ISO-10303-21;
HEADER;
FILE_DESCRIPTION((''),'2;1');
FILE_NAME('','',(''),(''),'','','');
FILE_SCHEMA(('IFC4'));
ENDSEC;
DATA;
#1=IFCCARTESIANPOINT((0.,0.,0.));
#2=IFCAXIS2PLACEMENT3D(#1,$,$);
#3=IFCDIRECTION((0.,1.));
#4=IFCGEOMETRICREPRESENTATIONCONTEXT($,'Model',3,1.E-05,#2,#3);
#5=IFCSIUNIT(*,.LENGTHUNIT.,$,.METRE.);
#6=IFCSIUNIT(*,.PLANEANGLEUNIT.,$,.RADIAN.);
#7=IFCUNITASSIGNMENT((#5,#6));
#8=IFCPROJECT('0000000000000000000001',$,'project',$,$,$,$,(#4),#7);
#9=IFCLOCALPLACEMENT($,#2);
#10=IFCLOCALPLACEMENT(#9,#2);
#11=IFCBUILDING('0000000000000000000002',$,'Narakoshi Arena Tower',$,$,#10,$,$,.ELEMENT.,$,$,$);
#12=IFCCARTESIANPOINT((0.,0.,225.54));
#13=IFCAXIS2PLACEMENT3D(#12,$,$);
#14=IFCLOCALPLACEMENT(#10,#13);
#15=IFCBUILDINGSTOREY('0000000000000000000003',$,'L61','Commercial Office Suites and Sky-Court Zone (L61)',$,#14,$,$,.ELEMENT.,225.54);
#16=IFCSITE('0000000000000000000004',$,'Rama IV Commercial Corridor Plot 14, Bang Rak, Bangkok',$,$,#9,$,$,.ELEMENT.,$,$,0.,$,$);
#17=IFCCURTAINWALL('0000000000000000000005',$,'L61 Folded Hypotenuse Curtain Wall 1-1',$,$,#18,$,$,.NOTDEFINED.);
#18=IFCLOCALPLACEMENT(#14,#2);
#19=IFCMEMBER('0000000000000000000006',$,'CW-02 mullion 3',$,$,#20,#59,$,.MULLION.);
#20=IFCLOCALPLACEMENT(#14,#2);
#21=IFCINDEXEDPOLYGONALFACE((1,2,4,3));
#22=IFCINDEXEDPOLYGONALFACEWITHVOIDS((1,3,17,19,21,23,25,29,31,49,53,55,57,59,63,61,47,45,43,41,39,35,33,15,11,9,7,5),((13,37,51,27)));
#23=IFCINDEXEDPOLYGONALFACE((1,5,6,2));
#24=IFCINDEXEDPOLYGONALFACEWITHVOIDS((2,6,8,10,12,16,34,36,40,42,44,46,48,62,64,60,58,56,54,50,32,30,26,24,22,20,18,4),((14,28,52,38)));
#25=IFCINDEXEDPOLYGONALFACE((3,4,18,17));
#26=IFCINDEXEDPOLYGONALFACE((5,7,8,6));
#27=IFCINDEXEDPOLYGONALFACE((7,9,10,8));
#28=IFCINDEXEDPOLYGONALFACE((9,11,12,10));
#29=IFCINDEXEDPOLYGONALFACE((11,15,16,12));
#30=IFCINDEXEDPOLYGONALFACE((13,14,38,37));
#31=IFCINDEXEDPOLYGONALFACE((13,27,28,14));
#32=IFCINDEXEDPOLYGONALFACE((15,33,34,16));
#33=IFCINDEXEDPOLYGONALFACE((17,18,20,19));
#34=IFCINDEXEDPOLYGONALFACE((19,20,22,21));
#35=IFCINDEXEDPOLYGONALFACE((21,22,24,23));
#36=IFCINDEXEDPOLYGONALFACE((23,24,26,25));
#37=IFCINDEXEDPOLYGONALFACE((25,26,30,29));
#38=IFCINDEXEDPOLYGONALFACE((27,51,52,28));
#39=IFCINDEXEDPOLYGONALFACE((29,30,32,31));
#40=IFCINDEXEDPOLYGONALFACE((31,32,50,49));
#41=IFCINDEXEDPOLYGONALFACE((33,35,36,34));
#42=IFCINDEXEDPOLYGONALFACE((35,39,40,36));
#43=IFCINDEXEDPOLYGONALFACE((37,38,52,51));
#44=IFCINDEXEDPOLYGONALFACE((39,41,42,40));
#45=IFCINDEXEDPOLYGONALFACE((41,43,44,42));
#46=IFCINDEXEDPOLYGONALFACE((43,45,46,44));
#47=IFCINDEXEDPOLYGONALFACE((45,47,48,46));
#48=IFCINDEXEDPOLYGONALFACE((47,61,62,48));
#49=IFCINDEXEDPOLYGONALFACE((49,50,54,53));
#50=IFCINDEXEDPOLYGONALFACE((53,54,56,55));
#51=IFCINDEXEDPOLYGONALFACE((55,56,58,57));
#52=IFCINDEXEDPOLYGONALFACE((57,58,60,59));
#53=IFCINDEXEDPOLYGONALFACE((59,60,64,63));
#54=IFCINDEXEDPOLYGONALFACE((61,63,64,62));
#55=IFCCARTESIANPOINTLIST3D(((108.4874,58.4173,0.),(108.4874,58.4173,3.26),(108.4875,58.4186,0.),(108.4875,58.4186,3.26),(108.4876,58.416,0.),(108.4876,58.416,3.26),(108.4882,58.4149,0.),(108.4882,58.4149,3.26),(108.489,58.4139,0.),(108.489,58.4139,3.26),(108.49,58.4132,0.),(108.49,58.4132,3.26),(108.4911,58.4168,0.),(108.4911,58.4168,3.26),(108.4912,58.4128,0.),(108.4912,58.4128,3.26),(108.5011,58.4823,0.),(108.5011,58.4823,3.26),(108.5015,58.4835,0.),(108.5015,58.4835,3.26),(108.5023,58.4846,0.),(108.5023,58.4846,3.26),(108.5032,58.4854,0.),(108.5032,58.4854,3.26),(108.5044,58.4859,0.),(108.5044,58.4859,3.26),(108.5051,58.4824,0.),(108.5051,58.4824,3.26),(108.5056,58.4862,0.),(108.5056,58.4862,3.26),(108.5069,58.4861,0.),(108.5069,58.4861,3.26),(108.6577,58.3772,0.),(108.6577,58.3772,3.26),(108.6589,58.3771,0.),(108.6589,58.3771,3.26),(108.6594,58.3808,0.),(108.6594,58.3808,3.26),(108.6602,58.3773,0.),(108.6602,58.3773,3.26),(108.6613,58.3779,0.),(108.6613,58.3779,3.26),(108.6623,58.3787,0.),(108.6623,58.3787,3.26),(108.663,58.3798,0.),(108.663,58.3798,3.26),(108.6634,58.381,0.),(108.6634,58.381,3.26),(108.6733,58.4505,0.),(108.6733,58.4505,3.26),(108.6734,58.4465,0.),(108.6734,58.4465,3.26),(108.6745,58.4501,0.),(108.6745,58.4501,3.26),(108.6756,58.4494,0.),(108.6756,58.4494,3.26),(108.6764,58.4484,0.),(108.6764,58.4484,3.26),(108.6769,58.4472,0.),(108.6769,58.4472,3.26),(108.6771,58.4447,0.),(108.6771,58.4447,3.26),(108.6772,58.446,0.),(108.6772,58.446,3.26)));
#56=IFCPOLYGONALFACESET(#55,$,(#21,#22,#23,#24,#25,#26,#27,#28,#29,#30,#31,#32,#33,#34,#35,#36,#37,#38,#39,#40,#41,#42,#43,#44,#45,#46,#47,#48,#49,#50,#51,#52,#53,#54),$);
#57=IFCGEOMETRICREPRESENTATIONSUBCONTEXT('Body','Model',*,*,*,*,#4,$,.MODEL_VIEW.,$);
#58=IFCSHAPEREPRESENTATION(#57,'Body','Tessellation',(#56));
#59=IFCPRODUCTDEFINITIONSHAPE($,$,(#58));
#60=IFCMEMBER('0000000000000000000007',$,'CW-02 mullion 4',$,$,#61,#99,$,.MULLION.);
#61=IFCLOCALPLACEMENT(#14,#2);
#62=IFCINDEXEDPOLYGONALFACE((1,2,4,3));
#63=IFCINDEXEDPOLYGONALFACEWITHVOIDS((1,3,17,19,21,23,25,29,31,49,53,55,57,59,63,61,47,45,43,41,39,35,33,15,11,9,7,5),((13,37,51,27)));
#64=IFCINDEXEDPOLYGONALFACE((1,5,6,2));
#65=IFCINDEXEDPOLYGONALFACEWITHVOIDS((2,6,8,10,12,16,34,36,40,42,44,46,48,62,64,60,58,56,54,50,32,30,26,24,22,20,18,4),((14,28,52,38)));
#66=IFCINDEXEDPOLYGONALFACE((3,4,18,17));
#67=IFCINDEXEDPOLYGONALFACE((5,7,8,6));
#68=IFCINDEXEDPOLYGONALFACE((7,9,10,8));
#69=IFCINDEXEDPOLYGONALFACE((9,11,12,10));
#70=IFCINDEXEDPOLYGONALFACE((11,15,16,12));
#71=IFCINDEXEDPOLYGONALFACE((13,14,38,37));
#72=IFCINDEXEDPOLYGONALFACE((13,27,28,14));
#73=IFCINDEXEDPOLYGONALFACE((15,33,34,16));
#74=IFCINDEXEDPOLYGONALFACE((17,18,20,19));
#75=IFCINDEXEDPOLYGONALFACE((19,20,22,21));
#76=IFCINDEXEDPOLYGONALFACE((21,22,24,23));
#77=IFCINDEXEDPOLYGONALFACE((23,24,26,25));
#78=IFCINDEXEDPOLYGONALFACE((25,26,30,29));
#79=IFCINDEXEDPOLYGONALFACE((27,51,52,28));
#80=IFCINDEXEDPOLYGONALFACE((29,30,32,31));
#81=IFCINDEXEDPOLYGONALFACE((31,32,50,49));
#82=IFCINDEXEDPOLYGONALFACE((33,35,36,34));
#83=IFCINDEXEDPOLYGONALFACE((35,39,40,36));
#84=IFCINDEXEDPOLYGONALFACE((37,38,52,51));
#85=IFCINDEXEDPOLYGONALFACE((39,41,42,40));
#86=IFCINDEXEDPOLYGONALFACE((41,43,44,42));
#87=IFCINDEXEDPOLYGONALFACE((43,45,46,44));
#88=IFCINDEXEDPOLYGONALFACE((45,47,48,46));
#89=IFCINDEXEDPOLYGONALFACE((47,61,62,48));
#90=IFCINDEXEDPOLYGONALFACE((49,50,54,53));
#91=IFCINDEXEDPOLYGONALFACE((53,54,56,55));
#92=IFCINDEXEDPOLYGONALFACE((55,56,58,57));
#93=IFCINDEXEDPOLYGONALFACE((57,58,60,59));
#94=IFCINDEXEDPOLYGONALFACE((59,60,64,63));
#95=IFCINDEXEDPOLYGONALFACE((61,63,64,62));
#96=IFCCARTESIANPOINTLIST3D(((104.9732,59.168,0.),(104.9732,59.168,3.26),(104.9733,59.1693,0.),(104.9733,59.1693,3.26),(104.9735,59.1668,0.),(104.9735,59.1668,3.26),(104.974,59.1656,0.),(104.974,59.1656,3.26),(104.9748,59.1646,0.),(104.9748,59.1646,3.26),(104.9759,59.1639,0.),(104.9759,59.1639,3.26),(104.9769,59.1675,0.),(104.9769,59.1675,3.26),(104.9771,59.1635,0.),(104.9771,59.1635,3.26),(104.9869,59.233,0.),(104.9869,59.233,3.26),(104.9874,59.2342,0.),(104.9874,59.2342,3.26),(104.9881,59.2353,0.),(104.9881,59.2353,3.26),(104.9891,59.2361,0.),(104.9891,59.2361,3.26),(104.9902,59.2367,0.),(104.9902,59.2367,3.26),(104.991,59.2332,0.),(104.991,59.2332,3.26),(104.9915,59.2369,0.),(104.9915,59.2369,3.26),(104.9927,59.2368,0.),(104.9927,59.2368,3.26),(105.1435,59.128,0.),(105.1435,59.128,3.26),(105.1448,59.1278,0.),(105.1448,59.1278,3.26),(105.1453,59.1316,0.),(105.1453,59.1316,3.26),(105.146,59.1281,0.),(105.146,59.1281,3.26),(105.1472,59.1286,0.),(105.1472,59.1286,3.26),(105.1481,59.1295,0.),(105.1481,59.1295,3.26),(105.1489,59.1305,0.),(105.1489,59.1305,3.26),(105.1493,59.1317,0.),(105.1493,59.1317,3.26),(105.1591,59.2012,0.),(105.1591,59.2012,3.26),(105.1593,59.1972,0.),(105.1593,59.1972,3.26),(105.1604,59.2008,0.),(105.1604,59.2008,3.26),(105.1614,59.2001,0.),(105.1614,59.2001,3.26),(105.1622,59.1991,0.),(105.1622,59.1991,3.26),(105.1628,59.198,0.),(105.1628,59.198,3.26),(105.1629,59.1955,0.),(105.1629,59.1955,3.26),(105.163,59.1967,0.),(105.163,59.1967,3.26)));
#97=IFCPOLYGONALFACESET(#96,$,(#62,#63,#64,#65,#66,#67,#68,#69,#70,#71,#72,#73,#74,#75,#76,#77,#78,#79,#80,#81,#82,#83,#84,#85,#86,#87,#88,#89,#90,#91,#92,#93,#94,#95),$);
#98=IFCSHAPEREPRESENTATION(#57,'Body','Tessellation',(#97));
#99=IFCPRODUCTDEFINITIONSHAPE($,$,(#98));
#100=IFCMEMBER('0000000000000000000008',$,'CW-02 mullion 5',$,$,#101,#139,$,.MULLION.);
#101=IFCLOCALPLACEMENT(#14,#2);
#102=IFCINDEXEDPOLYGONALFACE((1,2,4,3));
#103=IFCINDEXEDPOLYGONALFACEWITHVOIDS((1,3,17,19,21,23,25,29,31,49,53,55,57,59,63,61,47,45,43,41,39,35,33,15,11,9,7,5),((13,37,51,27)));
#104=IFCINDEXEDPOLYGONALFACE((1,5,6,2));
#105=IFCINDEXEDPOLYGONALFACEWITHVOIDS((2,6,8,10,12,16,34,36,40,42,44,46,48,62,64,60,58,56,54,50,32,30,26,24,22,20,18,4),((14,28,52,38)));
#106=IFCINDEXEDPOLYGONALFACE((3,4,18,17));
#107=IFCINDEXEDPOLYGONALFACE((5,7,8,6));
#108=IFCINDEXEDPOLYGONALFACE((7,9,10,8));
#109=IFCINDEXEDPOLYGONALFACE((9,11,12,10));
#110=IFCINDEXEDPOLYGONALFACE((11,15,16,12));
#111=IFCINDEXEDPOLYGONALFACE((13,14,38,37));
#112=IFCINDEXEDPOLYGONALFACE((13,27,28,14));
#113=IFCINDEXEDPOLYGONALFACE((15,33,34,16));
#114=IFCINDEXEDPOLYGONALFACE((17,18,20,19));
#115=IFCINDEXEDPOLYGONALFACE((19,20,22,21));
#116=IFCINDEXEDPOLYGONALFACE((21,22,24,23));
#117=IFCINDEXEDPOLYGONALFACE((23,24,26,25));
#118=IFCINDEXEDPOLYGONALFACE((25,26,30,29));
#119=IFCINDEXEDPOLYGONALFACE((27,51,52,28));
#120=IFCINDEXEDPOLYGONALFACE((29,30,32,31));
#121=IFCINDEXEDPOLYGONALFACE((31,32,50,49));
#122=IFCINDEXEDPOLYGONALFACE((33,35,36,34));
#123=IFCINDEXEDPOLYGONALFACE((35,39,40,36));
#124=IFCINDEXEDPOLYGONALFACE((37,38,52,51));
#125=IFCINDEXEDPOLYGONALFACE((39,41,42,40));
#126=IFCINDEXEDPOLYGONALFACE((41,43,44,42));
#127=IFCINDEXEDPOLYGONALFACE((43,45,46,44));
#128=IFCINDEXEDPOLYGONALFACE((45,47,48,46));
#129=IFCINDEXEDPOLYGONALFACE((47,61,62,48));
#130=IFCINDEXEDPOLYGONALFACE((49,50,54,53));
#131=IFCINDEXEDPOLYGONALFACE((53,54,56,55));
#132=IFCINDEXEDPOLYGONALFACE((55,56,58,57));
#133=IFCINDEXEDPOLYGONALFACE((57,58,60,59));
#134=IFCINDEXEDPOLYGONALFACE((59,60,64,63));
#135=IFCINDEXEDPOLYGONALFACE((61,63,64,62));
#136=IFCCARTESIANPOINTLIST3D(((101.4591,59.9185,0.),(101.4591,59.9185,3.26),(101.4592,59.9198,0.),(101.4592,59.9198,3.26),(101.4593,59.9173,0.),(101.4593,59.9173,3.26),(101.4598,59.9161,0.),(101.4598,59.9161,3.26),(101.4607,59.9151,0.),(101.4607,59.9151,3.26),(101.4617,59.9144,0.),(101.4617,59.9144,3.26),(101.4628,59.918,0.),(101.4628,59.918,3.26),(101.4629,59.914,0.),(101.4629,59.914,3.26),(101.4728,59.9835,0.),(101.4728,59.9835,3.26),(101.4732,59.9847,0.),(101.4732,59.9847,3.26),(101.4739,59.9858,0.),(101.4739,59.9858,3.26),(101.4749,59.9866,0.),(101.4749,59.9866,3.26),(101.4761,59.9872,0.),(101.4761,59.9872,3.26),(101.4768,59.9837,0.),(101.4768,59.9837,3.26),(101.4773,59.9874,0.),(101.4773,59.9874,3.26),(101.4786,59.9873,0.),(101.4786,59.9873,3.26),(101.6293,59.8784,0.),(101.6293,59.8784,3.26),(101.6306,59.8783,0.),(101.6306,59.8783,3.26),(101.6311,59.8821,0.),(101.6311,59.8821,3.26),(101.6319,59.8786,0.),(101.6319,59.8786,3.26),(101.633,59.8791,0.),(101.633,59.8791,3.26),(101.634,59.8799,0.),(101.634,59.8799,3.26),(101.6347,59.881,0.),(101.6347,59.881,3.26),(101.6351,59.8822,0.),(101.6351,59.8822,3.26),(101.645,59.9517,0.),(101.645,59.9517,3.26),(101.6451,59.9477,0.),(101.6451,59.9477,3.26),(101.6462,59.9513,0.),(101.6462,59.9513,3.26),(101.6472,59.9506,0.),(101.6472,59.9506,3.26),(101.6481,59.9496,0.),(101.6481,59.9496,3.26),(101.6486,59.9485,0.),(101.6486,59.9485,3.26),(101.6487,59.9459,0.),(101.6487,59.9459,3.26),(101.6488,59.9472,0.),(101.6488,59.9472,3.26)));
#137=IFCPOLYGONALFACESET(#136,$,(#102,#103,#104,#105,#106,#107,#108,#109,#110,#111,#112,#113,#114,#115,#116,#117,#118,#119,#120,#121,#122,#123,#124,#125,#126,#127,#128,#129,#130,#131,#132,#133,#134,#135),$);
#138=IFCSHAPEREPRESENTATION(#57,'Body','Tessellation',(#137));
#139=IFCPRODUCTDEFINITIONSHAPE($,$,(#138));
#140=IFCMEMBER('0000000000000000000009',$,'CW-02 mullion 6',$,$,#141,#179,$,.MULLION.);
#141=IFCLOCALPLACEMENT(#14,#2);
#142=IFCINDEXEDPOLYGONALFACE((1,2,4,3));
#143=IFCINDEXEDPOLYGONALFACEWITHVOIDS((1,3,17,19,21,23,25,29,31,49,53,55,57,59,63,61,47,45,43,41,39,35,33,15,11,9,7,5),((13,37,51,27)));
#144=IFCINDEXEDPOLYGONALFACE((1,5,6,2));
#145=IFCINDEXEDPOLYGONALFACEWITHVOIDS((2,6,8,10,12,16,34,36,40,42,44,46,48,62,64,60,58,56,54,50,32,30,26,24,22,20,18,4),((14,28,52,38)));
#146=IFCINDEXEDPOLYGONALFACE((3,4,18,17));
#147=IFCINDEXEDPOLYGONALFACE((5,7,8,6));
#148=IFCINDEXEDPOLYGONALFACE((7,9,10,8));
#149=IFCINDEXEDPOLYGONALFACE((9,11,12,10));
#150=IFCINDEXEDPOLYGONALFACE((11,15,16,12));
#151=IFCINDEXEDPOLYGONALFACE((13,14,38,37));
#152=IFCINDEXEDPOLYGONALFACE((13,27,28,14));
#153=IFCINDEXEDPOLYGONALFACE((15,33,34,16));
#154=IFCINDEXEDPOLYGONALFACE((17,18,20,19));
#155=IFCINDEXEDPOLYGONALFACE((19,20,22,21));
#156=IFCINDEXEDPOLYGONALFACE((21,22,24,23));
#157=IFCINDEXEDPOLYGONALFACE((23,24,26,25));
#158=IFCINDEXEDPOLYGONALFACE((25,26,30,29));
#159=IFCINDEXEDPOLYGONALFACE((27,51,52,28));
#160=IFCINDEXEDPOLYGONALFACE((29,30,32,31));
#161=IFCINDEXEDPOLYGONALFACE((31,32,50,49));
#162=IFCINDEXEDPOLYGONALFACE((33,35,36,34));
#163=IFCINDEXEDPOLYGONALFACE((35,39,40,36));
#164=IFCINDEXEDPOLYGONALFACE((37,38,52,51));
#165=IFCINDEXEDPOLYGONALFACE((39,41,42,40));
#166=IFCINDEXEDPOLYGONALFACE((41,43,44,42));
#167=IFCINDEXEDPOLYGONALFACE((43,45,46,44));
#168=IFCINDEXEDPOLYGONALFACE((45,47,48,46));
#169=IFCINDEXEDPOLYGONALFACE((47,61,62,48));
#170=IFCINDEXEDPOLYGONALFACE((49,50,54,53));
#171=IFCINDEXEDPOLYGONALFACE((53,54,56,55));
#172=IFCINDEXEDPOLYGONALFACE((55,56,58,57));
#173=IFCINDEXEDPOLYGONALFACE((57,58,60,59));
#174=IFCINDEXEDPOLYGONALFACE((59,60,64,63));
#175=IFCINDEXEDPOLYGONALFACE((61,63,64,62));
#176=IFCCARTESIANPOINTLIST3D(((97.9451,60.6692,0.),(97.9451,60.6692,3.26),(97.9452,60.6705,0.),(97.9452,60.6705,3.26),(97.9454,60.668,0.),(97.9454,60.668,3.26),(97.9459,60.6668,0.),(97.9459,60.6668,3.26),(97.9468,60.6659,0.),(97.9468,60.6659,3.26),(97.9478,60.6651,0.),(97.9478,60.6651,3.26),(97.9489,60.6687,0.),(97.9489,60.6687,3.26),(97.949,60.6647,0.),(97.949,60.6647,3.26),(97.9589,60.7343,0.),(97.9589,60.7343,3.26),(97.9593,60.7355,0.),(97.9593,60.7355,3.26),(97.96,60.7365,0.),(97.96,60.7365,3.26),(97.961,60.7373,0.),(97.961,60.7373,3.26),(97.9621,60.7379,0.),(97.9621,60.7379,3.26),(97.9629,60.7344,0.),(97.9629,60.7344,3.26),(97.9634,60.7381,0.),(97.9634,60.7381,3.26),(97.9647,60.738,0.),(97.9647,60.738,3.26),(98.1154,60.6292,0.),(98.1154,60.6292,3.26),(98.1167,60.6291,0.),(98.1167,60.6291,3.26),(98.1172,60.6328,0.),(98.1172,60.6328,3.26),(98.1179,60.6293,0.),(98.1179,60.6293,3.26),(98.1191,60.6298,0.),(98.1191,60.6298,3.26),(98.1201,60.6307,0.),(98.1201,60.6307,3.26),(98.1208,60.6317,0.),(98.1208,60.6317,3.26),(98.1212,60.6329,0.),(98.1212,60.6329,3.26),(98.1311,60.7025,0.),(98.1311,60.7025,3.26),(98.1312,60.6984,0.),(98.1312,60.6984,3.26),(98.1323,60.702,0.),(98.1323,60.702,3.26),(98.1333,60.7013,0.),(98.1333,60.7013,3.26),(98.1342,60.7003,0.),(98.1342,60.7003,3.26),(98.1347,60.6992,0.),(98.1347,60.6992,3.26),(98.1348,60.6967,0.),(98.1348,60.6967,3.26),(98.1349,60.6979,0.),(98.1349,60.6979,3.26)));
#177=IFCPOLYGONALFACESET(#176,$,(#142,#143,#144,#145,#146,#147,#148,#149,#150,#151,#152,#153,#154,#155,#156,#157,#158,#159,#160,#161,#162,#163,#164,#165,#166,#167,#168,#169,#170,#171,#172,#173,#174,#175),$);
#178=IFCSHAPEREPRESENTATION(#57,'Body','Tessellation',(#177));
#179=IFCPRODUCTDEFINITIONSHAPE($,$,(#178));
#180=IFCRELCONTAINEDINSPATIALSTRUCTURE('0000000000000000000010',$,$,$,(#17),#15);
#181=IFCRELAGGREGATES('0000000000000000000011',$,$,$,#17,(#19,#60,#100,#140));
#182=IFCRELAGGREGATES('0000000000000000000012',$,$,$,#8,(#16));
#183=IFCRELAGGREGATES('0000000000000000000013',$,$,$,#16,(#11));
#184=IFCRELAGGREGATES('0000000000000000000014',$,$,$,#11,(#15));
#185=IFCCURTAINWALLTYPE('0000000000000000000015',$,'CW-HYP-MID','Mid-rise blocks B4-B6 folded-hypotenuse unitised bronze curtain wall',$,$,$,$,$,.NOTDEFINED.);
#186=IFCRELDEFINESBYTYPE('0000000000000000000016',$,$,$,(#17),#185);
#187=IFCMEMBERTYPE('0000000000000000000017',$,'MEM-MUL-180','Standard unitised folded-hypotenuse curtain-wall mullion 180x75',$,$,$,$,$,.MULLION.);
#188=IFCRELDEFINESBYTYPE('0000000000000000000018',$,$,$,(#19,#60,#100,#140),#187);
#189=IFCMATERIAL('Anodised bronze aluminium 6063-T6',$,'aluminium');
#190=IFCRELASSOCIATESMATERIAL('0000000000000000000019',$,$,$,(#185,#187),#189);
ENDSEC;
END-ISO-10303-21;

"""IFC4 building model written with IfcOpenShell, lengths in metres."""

from ifc_helpers import new_model, si_unit, direction, frame, origin, origin_2d, place, context, subcontext, project, spatial, hollow_rectangle, extrude, material, material_profile, profile_set, type_object, element, aggregate, save


model = new_model("IFC4")

# Units and contexts
model_context = context("Model", 3, precision=1e-05, world=origin(), true_north=direction((0.0, 1.0)))
body_context = subcontext(model_context, "Body", "Model", "MODEL_VIEW")
ifc_project = project(units=[si_unit("LENGTHUNIT", "METRE"), si_unit("PLANEANGLEUNIT", "RADIAN")], contexts=[model_context])

# Site, building, storey
site_placement = place(None, origin())
site = spatial("IfcSite", under=ifc_project, at=site_placement, Name="Rama IV Commercial Corridor Plot 14, Bang Rak, Bangkok", CompositionType="ELEMENT", RefElevation=0.0)
building_placement = place(site_placement, origin())
building = spatial("IfcBuilding", under=site, at=building_placement, Name="Narakoshi Arena Tower", CompositionType="ELEMENT")
storey_placement = place(building_placement, frame((0.0, 0.0, 225.54)))
storey = spatial("IfcBuildingStorey", under=building, at=storey_placement, Name="L61", Description="Commercial Office Suites and Sky-Court Zone (L61)", CompositionType="ELEMENT", Elevation=225.54)

# Curtain wall, members
ifc_material_1 = material(Name="Anodised bronze aluminium 6063-T6", Category="aluminium")
curtain_wall_type = type_object("IfcCurtainWallType", Name="CW-HYP-MID", Description="Mid-rise blocks B4-B6 folded-hypotenuse unitised bronze curtain wall", PredefinedType="NOTDEFINED", material=ifc_material_1)
curtain_wall_placement = place(storey_placement, origin())
curtain_wall = element("IfcCurtainWall", 1, at=curtain_wall_placement, inside=storey, type_object=curtain_wall_type, Name="L61 Folded Hypotenuse Curtain Wall 1-1", PredefinedType="NOTDEFINED")
ifc_material_profile_1 = material_profile(ifc_material_1, hollow_rectangle(XDim=0.075, YDim=0.1799, WallThickness=0.0039, OuterFilletRadius=0.0049, at=origin_2d()), Name="MUL180x75x4")
ifc_profile_set_1 = profile_set([ifc_material_profile_1], Name="Anodised bronze aluminium 6063-T6")
member_type_1 = type_object("IfcMemberType", Name="MEM-MUL-180", Description="Standard unitised folded-hypotenuse curtain-wall mullion 180x75", PredefinedType="MULLION", material=ifc_profile_set_1)
member_1_placement = place(storey_placement, frame((108.5823, 58.4316, 0.0), z_axis=(0.0, 0.0, 1.0), x_axis=(-0.208899, -0.977937, 0.0)))
member_1 = element("IfcMember", 2, at=member_1_placement, type_object=member_type_1, Name="CW-02 mullion 3", PredefinedType="MULLION", context=body_context, shape_type="SweptSolid", body=[
    extrude(hollow_rectangle(XDim=0.075, YDim=0.1799, WallThickness=0.0039, OuterFilletRadius=0.0049, at=origin_2d()), origin(), (0.0, 0.0, 1.0), 3.26),
])
member_2_placement = place(storey_placement, frame((105.0681, 59.1824, 0.0), z_axis=(0.0, 0.0, 1.0), x_axis=(-0.208899, -0.977937, 0.0)))
member_2 = element("IfcMember", 3, at=member_2_placement, type_object=member_type_1, Name="CW-02 mullion 4", PredefinedType="MULLION", context=body_context, shape_type="SweptSolid", body=[
    extrude(hollow_rectangle(XDim=0.075, YDim=0.1799, WallThickness=0.0039, OuterFilletRadius=0.0049, at=origin_2d()), origin(), (0.0, 0.0, 1.0), 3.26),
])
member_3_placement = place(storey_placement, frame((101.554, 59.9329, 0.0), z_axis=(0.0, 0.0, 1.0), x_axis=(-0.208899, -0.977937, 0.0)))
member_3 = element("IfcMember", 4, at=member_3_placement, type_object=member_type_1, Name="CW-02 mullion 5", PredefinedType="MULLION", context=body_context, shape_type="SweptSolid", body=[
    extrude(hollow_rectangle(XDim=0.075, YDim=0.1799, WallThickness=0.0039, OuterFilletRadius=0.0049, at=origin_2d()), origin(), (0.0, 0.0, 1.0), 3.26),
])
member_4_placement = place(storey_placement, frame((98.04, 60.6836, 0.0), z_axis=(0.0, 0.0, 1.0), x_axis=(-0.208899, -0.977937, 0.0)))
member_4 = element("IfcMember", 5, at=member_4_placement, type_object=member_type_1, Name="CW-02 mullion 6", PredefinedType="MULLION", context=body_context, shape_type="SweptSolid", body=[
    extrude(hollow_rectangle(XDim=0.075, YDim=0.1799, WallThickness=0.0039, OuterFilletRadius=0.0049, at=origin_2d()), origin(), (0.0, 0.0, 1.0), 3.26),
])
aggregate(curtain_wall, [member_1, member_2, member_3, member_4])

save(model, "model.ifc")
